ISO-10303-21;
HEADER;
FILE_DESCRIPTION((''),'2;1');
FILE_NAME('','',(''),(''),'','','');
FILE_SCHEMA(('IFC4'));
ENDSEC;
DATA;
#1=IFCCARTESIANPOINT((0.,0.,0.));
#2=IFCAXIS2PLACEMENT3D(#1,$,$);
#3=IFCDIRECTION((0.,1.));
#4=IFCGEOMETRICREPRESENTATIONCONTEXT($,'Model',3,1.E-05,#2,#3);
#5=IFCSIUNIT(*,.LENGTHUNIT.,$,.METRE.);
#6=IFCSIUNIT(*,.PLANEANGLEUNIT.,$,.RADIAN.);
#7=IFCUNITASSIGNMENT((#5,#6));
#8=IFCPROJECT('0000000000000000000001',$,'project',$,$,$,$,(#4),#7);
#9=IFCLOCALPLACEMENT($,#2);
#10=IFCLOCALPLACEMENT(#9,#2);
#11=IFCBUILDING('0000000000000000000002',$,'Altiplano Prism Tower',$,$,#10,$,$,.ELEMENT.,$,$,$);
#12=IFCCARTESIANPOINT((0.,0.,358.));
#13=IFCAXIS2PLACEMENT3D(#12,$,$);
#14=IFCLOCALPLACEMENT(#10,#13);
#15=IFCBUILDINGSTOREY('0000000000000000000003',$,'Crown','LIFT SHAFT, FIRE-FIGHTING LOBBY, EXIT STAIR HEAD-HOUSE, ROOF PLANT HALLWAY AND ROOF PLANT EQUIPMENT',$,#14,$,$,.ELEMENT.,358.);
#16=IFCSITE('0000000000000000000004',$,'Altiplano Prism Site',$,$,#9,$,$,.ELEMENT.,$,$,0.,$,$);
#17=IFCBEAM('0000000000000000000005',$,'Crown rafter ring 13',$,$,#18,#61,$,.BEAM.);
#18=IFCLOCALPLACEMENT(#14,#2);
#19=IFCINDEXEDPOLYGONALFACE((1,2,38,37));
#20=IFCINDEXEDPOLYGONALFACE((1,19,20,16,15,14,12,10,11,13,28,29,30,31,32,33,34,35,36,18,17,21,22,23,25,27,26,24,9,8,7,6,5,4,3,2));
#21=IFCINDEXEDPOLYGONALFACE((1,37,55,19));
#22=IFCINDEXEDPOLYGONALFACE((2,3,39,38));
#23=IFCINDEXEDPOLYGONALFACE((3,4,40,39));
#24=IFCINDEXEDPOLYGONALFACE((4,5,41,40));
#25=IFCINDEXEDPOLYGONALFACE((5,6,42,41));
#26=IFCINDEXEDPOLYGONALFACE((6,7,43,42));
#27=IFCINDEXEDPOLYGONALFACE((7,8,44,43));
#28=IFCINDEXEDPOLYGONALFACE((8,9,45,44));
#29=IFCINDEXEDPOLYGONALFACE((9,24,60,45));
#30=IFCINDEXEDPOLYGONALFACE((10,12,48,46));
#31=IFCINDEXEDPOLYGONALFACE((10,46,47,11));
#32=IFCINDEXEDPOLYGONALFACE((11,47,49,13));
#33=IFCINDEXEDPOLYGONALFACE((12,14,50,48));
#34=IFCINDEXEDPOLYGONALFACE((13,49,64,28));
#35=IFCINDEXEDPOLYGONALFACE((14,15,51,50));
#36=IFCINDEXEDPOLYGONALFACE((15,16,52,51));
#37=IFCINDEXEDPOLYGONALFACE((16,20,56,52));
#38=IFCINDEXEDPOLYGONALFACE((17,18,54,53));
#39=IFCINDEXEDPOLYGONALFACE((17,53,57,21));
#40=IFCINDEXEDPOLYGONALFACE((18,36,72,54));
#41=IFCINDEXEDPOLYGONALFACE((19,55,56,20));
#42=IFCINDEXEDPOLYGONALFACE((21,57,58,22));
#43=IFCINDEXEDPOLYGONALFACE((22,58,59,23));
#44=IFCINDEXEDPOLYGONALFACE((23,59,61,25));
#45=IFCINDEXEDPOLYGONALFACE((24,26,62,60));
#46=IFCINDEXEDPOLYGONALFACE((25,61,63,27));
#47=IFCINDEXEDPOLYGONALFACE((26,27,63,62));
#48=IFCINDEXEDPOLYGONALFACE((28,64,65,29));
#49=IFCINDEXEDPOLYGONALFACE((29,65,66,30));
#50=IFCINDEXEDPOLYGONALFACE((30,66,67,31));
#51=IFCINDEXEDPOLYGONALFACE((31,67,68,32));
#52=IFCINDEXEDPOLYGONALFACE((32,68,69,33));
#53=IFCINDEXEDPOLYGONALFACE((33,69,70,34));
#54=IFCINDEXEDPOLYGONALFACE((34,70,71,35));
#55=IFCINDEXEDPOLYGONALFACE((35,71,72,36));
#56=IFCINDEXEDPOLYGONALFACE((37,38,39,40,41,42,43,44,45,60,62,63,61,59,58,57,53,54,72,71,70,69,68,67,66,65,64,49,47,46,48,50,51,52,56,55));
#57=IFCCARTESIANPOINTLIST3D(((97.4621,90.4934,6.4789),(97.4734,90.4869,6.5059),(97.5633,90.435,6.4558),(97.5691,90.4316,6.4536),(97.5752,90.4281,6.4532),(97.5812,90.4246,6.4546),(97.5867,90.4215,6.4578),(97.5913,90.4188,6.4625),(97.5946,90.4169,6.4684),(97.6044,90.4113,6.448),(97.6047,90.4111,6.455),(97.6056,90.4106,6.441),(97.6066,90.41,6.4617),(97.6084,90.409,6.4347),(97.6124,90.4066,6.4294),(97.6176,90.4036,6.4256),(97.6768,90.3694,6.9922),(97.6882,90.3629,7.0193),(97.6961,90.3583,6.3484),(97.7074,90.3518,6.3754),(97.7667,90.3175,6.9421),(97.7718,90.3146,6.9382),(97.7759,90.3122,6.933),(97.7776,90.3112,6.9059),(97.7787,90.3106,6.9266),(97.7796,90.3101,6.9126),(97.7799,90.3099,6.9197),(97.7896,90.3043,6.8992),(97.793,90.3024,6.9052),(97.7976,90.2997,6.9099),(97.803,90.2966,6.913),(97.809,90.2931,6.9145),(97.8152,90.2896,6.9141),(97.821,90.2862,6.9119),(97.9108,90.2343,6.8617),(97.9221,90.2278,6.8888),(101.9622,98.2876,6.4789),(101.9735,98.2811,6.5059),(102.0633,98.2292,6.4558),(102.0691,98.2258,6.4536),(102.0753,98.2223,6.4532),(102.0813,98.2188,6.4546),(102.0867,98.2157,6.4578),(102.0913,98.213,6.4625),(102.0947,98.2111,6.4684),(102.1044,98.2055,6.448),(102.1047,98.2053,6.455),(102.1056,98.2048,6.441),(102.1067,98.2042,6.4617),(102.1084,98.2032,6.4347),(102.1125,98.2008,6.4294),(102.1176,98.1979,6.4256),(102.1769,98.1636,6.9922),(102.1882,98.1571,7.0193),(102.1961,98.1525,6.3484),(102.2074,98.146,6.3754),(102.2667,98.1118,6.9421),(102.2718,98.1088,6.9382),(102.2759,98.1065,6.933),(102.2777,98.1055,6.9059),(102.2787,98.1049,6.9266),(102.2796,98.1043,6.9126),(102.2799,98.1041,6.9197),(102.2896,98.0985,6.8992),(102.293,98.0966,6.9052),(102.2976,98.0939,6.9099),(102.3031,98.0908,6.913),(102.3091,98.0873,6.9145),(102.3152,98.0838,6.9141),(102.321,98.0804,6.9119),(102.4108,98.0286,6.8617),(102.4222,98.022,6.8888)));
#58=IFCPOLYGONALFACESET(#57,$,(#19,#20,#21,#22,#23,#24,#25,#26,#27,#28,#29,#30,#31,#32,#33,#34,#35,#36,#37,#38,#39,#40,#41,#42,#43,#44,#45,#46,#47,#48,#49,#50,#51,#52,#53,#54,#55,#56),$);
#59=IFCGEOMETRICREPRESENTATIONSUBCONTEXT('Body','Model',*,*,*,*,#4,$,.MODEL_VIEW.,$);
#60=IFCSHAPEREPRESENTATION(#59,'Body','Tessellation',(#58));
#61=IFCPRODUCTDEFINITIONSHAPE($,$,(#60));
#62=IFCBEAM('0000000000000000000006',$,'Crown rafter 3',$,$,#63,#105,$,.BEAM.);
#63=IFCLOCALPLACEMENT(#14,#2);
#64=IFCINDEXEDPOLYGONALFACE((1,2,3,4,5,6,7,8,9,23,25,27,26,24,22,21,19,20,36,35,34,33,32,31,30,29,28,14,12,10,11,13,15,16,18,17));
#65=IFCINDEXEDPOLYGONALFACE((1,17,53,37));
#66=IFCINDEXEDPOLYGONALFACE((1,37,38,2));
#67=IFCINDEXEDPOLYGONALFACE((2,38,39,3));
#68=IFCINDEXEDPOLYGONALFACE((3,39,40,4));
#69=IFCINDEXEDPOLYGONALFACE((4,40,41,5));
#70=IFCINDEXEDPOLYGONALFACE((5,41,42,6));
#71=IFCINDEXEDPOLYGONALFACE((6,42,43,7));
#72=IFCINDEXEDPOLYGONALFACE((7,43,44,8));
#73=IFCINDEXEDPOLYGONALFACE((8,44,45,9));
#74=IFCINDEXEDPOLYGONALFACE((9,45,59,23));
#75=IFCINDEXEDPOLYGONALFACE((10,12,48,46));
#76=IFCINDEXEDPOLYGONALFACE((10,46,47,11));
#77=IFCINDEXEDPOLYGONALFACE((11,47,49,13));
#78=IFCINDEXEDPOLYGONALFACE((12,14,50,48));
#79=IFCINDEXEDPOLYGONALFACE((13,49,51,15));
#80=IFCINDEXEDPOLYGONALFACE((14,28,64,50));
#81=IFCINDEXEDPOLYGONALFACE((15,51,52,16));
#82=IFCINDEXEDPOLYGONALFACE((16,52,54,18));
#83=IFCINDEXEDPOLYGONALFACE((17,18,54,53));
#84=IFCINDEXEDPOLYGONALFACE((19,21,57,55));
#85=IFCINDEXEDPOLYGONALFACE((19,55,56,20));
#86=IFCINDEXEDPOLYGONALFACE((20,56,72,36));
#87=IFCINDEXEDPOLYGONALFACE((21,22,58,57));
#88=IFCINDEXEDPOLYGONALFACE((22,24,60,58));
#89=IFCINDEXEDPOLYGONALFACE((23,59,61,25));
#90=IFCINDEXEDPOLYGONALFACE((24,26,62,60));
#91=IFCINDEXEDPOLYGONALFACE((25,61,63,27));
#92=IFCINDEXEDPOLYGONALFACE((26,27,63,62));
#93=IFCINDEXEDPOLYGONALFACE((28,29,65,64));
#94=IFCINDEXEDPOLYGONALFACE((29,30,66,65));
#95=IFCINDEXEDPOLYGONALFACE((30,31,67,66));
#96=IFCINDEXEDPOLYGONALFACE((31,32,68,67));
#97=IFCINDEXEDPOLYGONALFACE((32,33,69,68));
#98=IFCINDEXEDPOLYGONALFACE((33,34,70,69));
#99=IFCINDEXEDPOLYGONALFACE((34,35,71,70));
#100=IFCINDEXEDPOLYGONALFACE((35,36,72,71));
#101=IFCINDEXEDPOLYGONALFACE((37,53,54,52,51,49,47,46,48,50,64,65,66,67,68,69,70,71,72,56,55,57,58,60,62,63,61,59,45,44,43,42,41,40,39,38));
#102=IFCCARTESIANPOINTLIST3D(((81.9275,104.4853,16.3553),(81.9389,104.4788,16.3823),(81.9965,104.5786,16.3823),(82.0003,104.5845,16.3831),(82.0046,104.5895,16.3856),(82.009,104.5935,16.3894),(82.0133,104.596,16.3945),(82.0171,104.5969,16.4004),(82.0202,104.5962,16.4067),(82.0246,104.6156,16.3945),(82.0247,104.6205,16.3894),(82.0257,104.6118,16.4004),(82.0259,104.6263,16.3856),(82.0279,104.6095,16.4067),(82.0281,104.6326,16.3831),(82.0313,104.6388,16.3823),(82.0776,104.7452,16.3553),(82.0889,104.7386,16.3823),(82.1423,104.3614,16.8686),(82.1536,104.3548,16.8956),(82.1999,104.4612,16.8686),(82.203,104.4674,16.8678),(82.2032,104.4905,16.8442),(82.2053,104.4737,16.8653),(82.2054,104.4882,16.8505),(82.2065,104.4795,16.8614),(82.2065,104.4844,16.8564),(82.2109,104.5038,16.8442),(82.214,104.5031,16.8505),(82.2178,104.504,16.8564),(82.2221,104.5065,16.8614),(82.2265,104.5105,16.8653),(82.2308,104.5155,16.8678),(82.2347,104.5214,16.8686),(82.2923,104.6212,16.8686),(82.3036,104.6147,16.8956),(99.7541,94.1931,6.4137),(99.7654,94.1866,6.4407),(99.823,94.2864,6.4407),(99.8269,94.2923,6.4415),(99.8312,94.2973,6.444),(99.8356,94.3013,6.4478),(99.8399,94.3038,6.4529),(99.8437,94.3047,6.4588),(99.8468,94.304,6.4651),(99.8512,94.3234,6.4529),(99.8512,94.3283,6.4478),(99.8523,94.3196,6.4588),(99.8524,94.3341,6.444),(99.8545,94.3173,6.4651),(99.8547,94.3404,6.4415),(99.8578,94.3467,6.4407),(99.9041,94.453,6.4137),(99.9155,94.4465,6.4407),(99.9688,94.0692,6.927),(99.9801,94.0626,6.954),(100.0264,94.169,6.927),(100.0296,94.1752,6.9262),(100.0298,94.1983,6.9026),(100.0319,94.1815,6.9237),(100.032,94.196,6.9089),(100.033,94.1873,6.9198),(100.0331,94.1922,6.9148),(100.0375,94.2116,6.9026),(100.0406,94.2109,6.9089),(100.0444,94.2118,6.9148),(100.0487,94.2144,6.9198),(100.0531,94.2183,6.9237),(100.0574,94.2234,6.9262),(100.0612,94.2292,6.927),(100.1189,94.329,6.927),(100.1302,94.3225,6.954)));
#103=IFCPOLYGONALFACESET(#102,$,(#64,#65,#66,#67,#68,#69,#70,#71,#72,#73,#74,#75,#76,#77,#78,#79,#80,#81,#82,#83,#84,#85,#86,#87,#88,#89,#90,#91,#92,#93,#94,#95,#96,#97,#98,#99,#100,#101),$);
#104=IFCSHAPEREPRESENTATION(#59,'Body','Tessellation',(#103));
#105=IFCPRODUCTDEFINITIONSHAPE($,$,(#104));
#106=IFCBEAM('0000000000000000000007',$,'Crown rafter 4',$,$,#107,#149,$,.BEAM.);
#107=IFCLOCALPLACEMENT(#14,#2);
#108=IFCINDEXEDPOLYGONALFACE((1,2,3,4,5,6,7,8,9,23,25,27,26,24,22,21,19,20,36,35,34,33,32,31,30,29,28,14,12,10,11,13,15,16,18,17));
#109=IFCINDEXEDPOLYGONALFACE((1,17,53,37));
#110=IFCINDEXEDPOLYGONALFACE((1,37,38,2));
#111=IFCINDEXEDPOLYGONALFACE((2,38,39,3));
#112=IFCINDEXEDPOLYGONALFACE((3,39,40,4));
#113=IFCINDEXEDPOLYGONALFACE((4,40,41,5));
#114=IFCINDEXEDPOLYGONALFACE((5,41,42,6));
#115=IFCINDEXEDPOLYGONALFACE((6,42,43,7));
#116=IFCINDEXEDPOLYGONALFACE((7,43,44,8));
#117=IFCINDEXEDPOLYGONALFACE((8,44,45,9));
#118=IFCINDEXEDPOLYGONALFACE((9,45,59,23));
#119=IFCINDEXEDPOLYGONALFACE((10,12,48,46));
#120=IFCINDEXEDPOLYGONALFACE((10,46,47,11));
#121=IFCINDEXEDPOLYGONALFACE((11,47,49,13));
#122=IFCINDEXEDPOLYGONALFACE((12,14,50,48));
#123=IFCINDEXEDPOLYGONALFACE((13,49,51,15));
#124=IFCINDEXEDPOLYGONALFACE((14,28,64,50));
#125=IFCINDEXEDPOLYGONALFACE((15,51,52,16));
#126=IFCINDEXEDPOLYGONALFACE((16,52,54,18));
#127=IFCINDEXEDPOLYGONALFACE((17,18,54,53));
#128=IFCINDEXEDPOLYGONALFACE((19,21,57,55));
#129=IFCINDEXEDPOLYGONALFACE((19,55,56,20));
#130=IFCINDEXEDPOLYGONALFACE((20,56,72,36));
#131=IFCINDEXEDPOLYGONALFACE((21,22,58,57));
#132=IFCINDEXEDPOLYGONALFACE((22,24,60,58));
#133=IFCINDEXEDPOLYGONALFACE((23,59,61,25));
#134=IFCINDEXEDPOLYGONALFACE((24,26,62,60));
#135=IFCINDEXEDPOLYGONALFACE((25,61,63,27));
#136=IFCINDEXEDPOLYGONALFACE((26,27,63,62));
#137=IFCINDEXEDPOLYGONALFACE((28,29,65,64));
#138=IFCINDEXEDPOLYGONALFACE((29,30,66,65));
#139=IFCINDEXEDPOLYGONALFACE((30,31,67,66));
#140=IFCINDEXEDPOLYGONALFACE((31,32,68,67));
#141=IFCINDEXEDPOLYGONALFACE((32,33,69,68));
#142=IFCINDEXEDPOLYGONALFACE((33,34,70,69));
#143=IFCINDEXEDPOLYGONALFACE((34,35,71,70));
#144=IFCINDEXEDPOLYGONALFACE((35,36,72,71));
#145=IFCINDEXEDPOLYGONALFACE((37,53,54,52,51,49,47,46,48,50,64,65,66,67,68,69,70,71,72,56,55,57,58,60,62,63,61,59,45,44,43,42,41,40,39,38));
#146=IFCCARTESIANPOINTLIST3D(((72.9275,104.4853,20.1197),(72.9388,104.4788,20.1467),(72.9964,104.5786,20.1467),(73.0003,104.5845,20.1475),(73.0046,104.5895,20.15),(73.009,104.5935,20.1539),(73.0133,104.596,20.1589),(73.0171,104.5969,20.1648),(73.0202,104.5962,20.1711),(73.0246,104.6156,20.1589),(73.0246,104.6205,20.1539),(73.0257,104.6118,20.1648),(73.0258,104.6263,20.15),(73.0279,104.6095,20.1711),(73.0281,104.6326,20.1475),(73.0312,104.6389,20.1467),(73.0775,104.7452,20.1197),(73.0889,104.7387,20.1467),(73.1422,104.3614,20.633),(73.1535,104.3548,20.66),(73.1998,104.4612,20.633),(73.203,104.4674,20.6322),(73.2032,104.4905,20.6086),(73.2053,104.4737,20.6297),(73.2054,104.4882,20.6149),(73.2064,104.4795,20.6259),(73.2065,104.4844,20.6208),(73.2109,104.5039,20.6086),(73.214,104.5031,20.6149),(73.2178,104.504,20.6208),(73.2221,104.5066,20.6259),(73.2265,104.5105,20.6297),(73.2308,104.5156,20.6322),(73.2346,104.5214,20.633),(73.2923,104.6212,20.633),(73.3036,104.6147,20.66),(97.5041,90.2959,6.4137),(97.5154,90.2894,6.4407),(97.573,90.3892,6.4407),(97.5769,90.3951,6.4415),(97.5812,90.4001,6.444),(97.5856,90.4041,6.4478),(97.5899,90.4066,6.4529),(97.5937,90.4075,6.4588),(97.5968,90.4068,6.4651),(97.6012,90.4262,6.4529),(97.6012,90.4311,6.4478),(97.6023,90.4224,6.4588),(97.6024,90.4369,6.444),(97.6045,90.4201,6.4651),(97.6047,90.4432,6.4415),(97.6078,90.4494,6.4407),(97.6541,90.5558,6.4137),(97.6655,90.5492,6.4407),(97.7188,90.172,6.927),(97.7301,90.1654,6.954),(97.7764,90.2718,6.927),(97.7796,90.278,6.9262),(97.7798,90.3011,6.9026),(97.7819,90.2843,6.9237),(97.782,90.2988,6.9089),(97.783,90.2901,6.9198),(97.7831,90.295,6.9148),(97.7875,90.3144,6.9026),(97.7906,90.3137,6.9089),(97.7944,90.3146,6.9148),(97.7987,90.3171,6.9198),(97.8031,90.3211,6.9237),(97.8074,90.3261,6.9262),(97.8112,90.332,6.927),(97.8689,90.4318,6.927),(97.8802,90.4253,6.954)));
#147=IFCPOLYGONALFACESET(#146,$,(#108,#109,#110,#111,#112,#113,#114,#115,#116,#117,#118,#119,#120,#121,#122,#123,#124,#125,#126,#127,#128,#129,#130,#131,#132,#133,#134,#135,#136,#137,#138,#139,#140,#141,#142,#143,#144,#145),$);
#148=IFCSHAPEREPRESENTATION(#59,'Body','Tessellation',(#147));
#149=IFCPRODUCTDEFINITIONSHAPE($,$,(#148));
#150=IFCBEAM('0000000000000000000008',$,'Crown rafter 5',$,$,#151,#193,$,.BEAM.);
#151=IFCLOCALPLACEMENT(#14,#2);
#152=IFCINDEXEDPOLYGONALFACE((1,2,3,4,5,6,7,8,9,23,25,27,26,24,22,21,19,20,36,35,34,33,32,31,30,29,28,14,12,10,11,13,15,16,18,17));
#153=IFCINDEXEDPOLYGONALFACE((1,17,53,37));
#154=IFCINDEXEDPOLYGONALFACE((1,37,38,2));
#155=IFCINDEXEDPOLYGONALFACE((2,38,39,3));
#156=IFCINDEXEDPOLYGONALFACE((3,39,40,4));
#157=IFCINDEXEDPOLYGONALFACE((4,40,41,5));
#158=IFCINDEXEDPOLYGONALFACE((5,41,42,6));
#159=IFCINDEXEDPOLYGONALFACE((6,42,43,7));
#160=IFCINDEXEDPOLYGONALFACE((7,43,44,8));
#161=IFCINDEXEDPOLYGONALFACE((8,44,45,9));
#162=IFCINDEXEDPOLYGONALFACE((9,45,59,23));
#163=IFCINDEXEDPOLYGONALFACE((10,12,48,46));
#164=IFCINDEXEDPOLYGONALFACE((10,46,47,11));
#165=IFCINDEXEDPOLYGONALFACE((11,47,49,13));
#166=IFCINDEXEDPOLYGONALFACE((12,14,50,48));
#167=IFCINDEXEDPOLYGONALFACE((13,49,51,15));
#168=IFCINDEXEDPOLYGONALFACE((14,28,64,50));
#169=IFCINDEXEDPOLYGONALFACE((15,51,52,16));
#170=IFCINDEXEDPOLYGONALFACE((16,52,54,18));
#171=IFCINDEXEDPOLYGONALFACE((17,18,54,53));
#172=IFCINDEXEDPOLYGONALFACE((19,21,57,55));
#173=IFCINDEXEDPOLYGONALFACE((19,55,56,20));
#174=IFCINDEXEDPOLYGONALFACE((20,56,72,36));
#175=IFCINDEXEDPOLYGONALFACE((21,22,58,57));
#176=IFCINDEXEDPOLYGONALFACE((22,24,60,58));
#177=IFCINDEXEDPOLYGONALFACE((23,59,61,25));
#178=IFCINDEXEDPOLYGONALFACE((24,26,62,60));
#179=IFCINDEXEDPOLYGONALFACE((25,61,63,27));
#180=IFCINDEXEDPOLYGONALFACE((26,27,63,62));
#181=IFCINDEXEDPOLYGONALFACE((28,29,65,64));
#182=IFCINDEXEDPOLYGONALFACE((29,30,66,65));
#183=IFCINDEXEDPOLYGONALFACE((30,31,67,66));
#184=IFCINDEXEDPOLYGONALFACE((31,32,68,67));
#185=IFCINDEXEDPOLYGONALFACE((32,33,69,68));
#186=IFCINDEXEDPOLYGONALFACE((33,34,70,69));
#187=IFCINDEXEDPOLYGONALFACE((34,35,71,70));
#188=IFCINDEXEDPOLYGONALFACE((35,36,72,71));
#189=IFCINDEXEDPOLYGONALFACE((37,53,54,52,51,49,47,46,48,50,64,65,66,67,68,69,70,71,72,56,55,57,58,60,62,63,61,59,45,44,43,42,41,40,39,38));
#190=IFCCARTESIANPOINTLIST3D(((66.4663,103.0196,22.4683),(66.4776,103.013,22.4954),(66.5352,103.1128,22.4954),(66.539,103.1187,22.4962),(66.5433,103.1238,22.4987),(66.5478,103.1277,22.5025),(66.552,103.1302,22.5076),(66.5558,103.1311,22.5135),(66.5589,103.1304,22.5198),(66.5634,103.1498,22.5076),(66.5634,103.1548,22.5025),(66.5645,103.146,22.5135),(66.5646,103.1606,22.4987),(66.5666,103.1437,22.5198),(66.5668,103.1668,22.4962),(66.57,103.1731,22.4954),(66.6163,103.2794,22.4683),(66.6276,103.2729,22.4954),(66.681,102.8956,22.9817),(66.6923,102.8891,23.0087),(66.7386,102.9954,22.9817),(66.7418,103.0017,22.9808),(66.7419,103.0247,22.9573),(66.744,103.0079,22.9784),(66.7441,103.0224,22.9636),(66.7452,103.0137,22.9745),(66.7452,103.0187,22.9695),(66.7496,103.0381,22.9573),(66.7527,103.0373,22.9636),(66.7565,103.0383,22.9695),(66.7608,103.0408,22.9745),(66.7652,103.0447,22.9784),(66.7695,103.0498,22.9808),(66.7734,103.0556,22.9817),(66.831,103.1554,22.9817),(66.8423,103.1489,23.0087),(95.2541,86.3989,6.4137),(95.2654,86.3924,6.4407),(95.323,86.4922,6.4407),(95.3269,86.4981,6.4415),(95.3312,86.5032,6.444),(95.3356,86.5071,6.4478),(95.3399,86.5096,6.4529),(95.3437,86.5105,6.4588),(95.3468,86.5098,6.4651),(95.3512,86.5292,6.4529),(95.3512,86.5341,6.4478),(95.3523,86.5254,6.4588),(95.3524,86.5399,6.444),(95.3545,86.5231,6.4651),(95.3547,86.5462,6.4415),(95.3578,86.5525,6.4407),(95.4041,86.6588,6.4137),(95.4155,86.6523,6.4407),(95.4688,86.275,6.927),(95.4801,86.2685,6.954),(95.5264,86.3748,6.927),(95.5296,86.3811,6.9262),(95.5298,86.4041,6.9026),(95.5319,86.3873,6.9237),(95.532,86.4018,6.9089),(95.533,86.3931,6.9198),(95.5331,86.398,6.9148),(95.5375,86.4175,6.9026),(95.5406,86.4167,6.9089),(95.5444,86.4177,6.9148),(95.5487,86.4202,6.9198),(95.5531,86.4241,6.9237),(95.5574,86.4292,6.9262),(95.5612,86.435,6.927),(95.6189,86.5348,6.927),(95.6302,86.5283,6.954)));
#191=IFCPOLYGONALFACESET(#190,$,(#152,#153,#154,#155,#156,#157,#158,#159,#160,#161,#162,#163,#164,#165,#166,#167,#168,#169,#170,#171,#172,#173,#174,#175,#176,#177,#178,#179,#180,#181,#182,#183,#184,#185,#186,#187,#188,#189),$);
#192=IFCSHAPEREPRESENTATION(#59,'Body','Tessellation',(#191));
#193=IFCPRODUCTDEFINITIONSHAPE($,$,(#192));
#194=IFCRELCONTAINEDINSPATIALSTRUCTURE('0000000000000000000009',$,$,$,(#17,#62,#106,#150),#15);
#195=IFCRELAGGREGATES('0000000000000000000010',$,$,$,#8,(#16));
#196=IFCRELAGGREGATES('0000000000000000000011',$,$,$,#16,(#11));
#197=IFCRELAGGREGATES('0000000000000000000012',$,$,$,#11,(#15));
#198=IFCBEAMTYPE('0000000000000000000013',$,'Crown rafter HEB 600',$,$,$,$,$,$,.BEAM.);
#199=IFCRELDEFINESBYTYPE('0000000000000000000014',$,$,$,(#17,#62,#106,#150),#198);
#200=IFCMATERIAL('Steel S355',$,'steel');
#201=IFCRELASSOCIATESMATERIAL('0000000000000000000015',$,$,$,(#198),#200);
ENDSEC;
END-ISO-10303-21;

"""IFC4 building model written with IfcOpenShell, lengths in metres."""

from ifc_helpers import new_model, si_unit, direction, frame, origin, origin_2d, place, context, subcontext, project, spatial, i_section, extrude, material, material_profile, profile_set, type_object, element, save


model = new_model("IFC4")

# Units and contexts
model_context = context("Model", 3, precision=1e-05, world=origin(), true_north=direction((0.0, 1.0)))
body_context = subcontext(model_context, "Body", "Model", "MODEL_VIEW")
ifc_project = project(units=[si_unit("LENGTHUNIT", "METRE"), si_unit("PLANEANGLEUNIT", "RADIAN")], contexts=[model_context])

# Site, building, storey
site_placement = place(None, origin())
site = spatial("IfcSite", under=ifc_project, at=site_placement, Name="Altiplano Prism Site", CompositionType="ELEMENT", RefElevation=0.0)
building_placement = place(site_placement, origin())
building = spatial("IfcBuilding", under=site, at=building_placement, Name="Altiplano Prism Tower", CompositionType="ELEMENT")
storey_placement = place(building_placement, frame((0.0, 0.0, 358.0)))
storey = spatial("IfcBuildingStorey", under=building, at=storey_placement, Name="Crown", Description="LIFT SHAFT, FIRE-FIGHTING LOBBY, EXIT STAIR HEAD-HOUSE, ROOF PLANT HALLWAY AND ROOF PLANT EQUIPMENT", CompositionType="ELEMENT", Elevation=358.0)

# Shared definitions
ifc_material_1 = material(Name="Steel S355", Category="steel")

# Beams
ifc_material_profile_1 = material_profile(ifc_material_1, i_section(OverallWidth=0.3, OverallDepth=0.6001, WebThickness=0.0154, FlangeThickness=0.03, FilletRadius=0.0271, at=origin_2d()), Name="Crown rafter HEB 600")
ifc_profile_set_1 = profile_set([ifc_material_profile_1], Name="Steel S355")
beam_type = type_object("IfcBeamType", Name="Crown rafter HEB 600", PredefinedType="BEAM", material=ifc_profile_set_1)
for number, where, z_axis, x_axis, name in (
    (1, (97.6921, 90.3606, 6.6838), (0.500002, 0.866024, 0.0), (-0.779834, 0.450239, 0.434907), "Crown rafter ring 13"),
):
    element("IfcBeam", number, at=place(storey_placement, frame(where, z_axis=z_axis, x_axis=x_axis)), inside=storey, type_object=beam_type, Name=name, PredefinedType="BEAM", context=body_context, shape_type="SweptSolid", body=[
        extrude(i_section(OverallWidth=0.3, OverallDepth=0.6001, WebThickness=0.0154, FlangeThickness=0.03, FilletRadius=0.0271, at=origin_2d()), origin(), (0.0, 0.0, 1.0), 9.0),
    ])
beam_1_placement = place(storey_placement, frame((99.9421, 94.2578, 6.6838), z_axis=(-0.779836, 0.450239, 0.434903), x_axis=(-0.5, -0.866025, 0.0)))
element("IfcBeam", 2, at=beam_1_placement, inside=storey, type_object=beam_type, Name="Crown rafter 3", PredefinedType="BEAM", context=body_context, shape_type="SweptSolid", body=[
    extrude(i_section(OverallWidth=0.3, OverallDepth=0.6001, WebThickness=0.0154, FlangeThickness=0.03, FilletRadius=0.0271, at=origin_2d()), origin(), (0.0, 0.0, 1.0), 22.8594),
])
beam_2_placement = place(storey_placement, frame((97.6921, 90.3606, 6.6838), z_axis=(-0.779835, 0.450241, 0.434903), x_axis=(-0.500003, -0.866024, 0.0)))
element("IfcBeam", 3, at=beam_2_placement, inside=storey, type_object=beam_type, Name="Crown rafter 4", PredefinedType="BEAM", context=body_context, shape_type="SweptSolid", body=[
    extrude(i_section(OverallWidth=0.3, OverallDepth=0.6001, WebThickness=0.0154, FlangeThickness=0.03, FilletRadius=0.0271, at=origin_2d()), origin(), (0.0, 0.0, 1.0), 31.5151),
])
beam_3_placement = place(storey_placement, frame((95.4421, 86.4636, 6.6838), z_axis=(-0.779836, 0.450237, 0.434906), x_axis=(-0.499999, -0.866026, 0.0)))
element("IfcBeam", 4, at=beam_3_placement, inside=storey, type_object=beam_type, Name="Crown rafter 5", PredefinedType="BEAM", context=body_context, shape_type="SweptSolid", body=[
    extrude(i_section(OverallWidth=0.3, OverallDepth=0.6001, WebThickness=0.0154, FlangeThickness=0.03, FilletRadius=0.0271, at=origin_2d()), origin(), (0.0, 0.0, 1.0), 36.9153),
])

save(model, "model.ifc")
